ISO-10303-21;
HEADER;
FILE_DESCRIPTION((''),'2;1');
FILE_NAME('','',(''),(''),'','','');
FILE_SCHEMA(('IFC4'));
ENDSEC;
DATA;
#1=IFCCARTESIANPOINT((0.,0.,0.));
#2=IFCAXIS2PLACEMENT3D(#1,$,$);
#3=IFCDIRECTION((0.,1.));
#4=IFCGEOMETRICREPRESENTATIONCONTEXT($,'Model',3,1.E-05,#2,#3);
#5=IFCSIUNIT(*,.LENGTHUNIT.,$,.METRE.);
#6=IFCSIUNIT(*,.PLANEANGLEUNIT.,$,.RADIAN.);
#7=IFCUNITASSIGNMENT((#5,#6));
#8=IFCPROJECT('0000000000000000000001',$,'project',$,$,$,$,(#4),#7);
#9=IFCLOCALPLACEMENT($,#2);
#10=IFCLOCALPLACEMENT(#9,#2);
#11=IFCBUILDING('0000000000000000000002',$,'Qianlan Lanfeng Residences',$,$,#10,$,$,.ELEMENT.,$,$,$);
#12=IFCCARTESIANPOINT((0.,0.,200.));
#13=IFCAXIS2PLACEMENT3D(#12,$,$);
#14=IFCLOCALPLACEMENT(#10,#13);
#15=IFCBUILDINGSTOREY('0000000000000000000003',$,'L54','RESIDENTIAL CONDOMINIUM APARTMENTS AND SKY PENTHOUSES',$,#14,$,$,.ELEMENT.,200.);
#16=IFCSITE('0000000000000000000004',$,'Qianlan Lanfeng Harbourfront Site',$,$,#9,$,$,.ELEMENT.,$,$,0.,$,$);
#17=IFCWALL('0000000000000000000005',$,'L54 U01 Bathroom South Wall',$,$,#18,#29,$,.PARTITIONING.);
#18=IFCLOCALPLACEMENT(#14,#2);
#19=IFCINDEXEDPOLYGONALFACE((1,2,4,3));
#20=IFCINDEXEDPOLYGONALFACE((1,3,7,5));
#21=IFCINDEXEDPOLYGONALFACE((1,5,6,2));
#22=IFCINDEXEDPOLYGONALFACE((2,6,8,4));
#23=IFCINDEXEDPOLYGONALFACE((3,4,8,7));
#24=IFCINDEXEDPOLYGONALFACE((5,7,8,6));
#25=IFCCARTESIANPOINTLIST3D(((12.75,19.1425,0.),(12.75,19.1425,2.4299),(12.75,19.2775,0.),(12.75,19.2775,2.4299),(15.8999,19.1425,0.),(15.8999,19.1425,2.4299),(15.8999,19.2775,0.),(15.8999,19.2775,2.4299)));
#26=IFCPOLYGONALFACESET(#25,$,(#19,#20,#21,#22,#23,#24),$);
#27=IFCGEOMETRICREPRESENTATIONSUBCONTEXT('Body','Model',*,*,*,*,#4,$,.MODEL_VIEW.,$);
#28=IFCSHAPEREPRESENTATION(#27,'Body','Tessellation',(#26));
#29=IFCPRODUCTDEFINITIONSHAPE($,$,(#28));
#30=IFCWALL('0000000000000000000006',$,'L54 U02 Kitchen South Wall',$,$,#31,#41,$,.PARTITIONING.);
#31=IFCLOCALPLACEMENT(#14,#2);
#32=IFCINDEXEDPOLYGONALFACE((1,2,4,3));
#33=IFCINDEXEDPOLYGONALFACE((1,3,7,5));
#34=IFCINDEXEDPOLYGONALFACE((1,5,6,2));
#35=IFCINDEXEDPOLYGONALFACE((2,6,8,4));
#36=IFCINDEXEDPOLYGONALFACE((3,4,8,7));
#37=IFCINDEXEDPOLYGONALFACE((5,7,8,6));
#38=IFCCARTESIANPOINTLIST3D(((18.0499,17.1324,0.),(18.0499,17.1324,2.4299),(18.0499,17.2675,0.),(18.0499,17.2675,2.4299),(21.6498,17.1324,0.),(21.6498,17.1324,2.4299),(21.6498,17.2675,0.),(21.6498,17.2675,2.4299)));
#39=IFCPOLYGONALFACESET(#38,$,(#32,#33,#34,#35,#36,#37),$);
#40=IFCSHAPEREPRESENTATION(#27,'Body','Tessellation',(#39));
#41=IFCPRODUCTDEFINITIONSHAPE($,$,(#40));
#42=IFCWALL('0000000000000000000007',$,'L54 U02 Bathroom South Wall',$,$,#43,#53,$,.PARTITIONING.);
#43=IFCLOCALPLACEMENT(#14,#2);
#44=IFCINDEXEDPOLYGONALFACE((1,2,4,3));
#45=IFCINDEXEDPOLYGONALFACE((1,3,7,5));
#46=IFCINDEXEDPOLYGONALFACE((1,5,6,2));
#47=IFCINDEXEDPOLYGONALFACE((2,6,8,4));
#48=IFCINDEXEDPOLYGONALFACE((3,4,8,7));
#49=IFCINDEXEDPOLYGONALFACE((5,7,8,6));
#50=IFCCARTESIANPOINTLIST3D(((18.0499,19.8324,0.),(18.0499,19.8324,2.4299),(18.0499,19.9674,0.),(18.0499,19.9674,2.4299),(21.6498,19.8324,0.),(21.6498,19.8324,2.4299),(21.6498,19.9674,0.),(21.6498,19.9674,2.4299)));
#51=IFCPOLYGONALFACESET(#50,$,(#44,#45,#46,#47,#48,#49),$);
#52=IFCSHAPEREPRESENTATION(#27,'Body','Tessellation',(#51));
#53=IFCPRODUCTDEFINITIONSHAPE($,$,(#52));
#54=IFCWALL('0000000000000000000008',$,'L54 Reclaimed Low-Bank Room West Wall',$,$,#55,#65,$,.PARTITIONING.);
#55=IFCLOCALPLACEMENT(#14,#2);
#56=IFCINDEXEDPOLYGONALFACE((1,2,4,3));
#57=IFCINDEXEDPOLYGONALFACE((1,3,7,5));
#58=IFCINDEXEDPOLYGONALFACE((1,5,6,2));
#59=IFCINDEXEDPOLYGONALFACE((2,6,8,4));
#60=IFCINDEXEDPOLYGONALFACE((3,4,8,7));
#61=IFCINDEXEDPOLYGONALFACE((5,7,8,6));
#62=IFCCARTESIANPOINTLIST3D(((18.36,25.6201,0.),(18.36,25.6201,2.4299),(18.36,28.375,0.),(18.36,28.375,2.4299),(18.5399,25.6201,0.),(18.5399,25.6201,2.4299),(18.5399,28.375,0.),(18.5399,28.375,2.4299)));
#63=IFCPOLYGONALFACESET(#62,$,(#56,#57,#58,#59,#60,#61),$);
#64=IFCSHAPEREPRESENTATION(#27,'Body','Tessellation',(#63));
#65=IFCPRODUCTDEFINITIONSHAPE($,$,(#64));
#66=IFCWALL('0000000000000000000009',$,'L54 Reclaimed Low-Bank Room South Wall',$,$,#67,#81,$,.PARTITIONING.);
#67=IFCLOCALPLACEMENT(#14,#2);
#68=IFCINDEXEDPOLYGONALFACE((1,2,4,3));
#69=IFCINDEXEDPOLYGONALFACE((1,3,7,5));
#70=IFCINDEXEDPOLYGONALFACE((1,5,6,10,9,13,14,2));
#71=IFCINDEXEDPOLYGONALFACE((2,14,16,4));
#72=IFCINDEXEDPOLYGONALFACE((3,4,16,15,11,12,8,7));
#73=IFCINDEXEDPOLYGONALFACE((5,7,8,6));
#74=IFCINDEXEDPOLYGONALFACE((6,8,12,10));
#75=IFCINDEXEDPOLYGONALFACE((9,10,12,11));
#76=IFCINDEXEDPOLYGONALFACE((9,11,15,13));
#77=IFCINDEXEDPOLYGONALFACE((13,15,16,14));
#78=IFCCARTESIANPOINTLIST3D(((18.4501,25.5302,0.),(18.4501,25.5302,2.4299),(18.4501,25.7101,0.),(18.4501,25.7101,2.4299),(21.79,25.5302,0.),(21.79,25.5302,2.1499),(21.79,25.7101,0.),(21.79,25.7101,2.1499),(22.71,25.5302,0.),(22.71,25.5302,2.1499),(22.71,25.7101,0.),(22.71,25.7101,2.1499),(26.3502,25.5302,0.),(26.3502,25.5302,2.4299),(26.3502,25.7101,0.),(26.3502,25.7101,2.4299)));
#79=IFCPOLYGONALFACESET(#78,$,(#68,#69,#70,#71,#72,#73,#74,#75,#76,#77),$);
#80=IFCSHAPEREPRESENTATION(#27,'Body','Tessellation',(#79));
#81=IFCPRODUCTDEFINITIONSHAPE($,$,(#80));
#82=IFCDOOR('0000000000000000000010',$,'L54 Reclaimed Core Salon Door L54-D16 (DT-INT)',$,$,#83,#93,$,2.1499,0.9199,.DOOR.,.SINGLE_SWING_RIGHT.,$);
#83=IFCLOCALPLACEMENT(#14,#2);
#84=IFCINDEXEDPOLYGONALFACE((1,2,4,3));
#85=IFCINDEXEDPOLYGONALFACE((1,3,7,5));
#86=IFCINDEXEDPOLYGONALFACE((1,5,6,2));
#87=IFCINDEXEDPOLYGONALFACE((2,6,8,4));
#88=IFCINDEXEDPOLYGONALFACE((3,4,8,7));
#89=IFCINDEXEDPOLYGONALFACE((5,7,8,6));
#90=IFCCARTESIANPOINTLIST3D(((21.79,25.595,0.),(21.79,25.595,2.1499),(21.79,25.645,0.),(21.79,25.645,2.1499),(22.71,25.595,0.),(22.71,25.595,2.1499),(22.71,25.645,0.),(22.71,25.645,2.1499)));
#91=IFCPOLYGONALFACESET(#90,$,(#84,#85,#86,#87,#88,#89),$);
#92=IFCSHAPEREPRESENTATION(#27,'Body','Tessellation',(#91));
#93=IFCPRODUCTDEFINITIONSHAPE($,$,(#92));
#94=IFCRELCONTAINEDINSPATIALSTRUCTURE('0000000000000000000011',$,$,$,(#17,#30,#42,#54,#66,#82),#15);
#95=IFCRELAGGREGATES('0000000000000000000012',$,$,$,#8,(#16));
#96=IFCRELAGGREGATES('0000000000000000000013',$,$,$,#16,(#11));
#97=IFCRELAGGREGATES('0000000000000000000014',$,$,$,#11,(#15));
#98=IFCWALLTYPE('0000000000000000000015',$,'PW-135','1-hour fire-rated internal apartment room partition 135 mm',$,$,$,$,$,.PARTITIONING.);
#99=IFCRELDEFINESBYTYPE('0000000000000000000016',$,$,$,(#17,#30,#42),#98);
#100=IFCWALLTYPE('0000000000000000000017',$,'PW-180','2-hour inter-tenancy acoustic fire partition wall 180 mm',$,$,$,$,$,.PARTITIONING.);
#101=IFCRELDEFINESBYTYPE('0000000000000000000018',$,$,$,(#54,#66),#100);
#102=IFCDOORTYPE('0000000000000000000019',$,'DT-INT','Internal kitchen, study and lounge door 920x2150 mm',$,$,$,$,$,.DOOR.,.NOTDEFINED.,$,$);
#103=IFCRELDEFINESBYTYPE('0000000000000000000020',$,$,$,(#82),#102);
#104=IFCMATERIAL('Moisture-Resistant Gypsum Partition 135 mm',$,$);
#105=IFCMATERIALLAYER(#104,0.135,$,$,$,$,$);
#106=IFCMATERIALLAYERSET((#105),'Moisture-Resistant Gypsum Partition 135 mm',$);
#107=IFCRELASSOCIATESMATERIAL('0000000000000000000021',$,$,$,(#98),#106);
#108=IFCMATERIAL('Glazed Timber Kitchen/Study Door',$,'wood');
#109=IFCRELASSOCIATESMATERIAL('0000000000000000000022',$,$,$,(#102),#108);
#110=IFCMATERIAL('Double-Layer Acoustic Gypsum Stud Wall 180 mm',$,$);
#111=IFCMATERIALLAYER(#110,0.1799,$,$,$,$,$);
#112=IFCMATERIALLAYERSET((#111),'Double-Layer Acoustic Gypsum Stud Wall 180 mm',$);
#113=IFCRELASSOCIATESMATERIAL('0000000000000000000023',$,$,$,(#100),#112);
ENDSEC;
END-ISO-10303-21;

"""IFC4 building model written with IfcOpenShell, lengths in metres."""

from ifc_helpers import new_model, si_unit, direction, frame, frame_2d, origin, place, context, subcontext, project, spatial, rectangle, extrude, material, layer, layer_set, type_object, element, fill, save


model = new_model("IFC4")

# Units and contexts
model_context = context("Model", 3, precision=1e-05, world=origin(), true_north=direction((0.0, 1.0)))
body_context = subcontext(model_context, "Body", "Model", "MODEL_VIEW")
ifc_project = project(units=[si_unit("LENGTHUNIT", "METRE"), si_unit("PLANEANGLEUNIT", "RADIAN")], contexts=[model_context])

# Site, building, storey
site_placement = place(None, origin())
site = spatial("IfcSite", under=ifc_project, at=site_placement, Name="Qianlan Lanfeng Harbourfront Site", CompositionType="ELEMENT", RefElevation=0.0)
building_placement = place(site_placement, origin())
building = spatial("IfcBuilding", under=site, at=building_placement, Name="Qianlan Lanfeng Residences", CompositionType="ELEMENT")
storey_placement = place(building_placement, frame((0.0, 0.0, 200.0)))
storey = spatial("IfcBuildingStorey", under=building, at=storey_placement, Name="L54", Description="RESIDENTIAL CONDOMINIUM APARTMENTS AND SKY PENTHOUSES", CompositionType="ELEMENT", Elevation=200.0)

# Shared definitions
ifc_material_1 = material(Name="Moisture-Resistant Gypsum Partition 135 mm")
ifc_layer_1 = layer(ifc_material_1, 0.135)
ifc_layer_set_1 = layer_set([ifc_layer_1], Name="Moisture-Resistant Gypsum Partition 135 mm")
wall_type_1 = type_object("IfcWallType", Name="PW-135", Description="1-hour fire-rated internal apartment room partition 135 mm", PredefinedType="PARTITIONING", material=ifc_layer_set_1)
ifc_material_2 = material(Name="Glazed Timber Kitchen/Study Door", Category="wood")
door_type_1 = type_object("IfcDoorType", Name="DT-INT", Description="Internal kitchen, study and lounge door 920x2150 mm", OperationType="NOTDEFINED", PredefinedType="DOOR", material=ifc_material_2)

# Walls
for number, where, z_axis, x_axis, name in (
    (1, (12.75, 19.21, 0.0), (0.0, 0.0, 1.0), (1.0, 0.0, 0.0), "L54 U01 Bathroom South Wall"),
):
    element("IfcWall", number, at=place(storey_placement, frame(where, z_axis=z_axis, x_axis=x_axis)), inside=storey, type_object=wall_type_1, Name=name, PredefinedType="PARTITIONING", context=body_context, shape_type="SweptSolid", body=[
        extrude(rectangle(XDim=3.1499, YDim=0.135, at=frame_2d((1.575, 0.0))), origin(), (0.0, 0.0, 1.0), 2.4299),
    ])
for number, where, z_axis, x_axis, name in (
    (2, (18.05, 17.2, 0.0), (0.0, 0.0, 1.0), (1.0, 0.0, 0.0), "L54 U02 Kitchen South Wall"),
    (3, (18.05, 19.8999, 0.0), (0.0, 0.0, 1.0), (1.0, 0.0, 0.0), "L54 U02 Bathroom South Wall"),
):
    element("IfcWall", number, at=place(storey_placement, frame(where, z_axis=z_axis, x_axis=x_axis)), inside=storey, type_object=wall_type_1, Name=name, PredefinedType="PARTITIONING", context=body_context, shape_type="SweptSolid", body=[
        extrude(rectangle(XDim=3.5999, YDim=0.135, at=frame_2d((1.7998, 0.0))), origin(), (0.0, 0.0, 1.0), 2.4299),
    ])

# Shared definitions
ifc_material_3 = material(Name="Double-Layer Acoustic Gypsum Stud Wall 180 mm")
ifc_layer_2 = layer(ifc_material_3, 0.1799)
ifc_layer_set_2 = layer_set([ifc_layer_2], Name="Double-Layer Acoustic Gypsum Stud Wall 180 mm")
wall_type_2 = type_object("IfcWallType", Name="PW-180", Description="2-hour inter-tenancy acoustic fire partition wall 180 mm", PredefinedType="PARTITIONING", material=ifc_layer_set_2)

# Wall
wall_1_placement = place(storey_placement, frame((18.45, 25.6201, 0.0), z_axis=(0.0, 0.0, 1.0), x_axis=(0.0, 1.0, 0.0)))
element("IfcWall", 4, at=wall_1_placement, inside=storey, type_object=wall_type_2, Name="L54 Reclaimed Low-Bank Room West Wall", PredefinedType="PARTITIONING", context=body_context, shape_type="SweptSolid", body=[
    extrude(rectangle(XDim=2.7549, YDim=0.1799, at=frame_2d((1.3774, 0.0))), origin(), (0.0, 0.0, 1.0), 2.4299),
])

# Wall, opening, door
wall_2_placement = place(storey_placement, frame((18.45, 25.6201, 0.0), z_axis=(0.0, 0.0, 1.0), x_axis=(1.0, 0.0, 0.0)))
wall_2 = element("IfcWall", 5, at=wall_2_placement, inside=storey, type_object=wall_type_2, Name="L54 Reclaimed Low-Bank Room South Wall", PredefinedType="PARTITIONING", context=body_context, shape_type="SweptSolid", body=[
    extrude(rectangle(XDim=7.9001, YDim=0.1799, at=frame_2d((3.9502, 0.0))), origin(), (0.0, 0.0, 1.0), 2.4299),
])
opening_1_placement = place(wall_2_placement, frame((3.3401, 0.0, 0.0)))
opening_1 = element("IfcOpeningElement", 6, at=opening_1_placement, cuts=wall_2, PredefinedType="OPENING", context=body_context, shape_type="SweptSolid", body=[
    extrude(rectangle(XDim=0.9199, YDim=2.1499, at=frame_2d((0.46, 1.075))), frame((0.0, 0.1001, 0.0), z_axis=(0.0, -1.0, 0.0), x_axis=(1.0, 0.0, 0.0)), (0.0, 0.0, 1.0), 0.2),
])
door_1_placement = place(opening_1_placement, origin())
door_1 = element("IfcDoor", 7, at=door_1_placement, inside=storey, type_object=door_type_1, Name="L54 Reclaimed Core Salon Door L54-D16 (DT-INT)", OperationType="SINGLE_SWING_RIGHT", OverallHeight=2.1499, OverallWidth=0.9199, PredefinedType="DOOR", context=body_context, shape_type="SweptSolid", body=[
    extrude(rectangle(XDim=0.9199, YDim=2.1499, at=frame_2d((0.46, 1.075))), frame((0.0, 0.0249, 0.0), z_axis=(0.0, -1.0, 0.0), x_axis=(1.0, 0.0, 0.0)), (0.0, 0.0, 1.0), 0.05),
])
fill(opening_1, door_1)

save(model, "model.ifc")
